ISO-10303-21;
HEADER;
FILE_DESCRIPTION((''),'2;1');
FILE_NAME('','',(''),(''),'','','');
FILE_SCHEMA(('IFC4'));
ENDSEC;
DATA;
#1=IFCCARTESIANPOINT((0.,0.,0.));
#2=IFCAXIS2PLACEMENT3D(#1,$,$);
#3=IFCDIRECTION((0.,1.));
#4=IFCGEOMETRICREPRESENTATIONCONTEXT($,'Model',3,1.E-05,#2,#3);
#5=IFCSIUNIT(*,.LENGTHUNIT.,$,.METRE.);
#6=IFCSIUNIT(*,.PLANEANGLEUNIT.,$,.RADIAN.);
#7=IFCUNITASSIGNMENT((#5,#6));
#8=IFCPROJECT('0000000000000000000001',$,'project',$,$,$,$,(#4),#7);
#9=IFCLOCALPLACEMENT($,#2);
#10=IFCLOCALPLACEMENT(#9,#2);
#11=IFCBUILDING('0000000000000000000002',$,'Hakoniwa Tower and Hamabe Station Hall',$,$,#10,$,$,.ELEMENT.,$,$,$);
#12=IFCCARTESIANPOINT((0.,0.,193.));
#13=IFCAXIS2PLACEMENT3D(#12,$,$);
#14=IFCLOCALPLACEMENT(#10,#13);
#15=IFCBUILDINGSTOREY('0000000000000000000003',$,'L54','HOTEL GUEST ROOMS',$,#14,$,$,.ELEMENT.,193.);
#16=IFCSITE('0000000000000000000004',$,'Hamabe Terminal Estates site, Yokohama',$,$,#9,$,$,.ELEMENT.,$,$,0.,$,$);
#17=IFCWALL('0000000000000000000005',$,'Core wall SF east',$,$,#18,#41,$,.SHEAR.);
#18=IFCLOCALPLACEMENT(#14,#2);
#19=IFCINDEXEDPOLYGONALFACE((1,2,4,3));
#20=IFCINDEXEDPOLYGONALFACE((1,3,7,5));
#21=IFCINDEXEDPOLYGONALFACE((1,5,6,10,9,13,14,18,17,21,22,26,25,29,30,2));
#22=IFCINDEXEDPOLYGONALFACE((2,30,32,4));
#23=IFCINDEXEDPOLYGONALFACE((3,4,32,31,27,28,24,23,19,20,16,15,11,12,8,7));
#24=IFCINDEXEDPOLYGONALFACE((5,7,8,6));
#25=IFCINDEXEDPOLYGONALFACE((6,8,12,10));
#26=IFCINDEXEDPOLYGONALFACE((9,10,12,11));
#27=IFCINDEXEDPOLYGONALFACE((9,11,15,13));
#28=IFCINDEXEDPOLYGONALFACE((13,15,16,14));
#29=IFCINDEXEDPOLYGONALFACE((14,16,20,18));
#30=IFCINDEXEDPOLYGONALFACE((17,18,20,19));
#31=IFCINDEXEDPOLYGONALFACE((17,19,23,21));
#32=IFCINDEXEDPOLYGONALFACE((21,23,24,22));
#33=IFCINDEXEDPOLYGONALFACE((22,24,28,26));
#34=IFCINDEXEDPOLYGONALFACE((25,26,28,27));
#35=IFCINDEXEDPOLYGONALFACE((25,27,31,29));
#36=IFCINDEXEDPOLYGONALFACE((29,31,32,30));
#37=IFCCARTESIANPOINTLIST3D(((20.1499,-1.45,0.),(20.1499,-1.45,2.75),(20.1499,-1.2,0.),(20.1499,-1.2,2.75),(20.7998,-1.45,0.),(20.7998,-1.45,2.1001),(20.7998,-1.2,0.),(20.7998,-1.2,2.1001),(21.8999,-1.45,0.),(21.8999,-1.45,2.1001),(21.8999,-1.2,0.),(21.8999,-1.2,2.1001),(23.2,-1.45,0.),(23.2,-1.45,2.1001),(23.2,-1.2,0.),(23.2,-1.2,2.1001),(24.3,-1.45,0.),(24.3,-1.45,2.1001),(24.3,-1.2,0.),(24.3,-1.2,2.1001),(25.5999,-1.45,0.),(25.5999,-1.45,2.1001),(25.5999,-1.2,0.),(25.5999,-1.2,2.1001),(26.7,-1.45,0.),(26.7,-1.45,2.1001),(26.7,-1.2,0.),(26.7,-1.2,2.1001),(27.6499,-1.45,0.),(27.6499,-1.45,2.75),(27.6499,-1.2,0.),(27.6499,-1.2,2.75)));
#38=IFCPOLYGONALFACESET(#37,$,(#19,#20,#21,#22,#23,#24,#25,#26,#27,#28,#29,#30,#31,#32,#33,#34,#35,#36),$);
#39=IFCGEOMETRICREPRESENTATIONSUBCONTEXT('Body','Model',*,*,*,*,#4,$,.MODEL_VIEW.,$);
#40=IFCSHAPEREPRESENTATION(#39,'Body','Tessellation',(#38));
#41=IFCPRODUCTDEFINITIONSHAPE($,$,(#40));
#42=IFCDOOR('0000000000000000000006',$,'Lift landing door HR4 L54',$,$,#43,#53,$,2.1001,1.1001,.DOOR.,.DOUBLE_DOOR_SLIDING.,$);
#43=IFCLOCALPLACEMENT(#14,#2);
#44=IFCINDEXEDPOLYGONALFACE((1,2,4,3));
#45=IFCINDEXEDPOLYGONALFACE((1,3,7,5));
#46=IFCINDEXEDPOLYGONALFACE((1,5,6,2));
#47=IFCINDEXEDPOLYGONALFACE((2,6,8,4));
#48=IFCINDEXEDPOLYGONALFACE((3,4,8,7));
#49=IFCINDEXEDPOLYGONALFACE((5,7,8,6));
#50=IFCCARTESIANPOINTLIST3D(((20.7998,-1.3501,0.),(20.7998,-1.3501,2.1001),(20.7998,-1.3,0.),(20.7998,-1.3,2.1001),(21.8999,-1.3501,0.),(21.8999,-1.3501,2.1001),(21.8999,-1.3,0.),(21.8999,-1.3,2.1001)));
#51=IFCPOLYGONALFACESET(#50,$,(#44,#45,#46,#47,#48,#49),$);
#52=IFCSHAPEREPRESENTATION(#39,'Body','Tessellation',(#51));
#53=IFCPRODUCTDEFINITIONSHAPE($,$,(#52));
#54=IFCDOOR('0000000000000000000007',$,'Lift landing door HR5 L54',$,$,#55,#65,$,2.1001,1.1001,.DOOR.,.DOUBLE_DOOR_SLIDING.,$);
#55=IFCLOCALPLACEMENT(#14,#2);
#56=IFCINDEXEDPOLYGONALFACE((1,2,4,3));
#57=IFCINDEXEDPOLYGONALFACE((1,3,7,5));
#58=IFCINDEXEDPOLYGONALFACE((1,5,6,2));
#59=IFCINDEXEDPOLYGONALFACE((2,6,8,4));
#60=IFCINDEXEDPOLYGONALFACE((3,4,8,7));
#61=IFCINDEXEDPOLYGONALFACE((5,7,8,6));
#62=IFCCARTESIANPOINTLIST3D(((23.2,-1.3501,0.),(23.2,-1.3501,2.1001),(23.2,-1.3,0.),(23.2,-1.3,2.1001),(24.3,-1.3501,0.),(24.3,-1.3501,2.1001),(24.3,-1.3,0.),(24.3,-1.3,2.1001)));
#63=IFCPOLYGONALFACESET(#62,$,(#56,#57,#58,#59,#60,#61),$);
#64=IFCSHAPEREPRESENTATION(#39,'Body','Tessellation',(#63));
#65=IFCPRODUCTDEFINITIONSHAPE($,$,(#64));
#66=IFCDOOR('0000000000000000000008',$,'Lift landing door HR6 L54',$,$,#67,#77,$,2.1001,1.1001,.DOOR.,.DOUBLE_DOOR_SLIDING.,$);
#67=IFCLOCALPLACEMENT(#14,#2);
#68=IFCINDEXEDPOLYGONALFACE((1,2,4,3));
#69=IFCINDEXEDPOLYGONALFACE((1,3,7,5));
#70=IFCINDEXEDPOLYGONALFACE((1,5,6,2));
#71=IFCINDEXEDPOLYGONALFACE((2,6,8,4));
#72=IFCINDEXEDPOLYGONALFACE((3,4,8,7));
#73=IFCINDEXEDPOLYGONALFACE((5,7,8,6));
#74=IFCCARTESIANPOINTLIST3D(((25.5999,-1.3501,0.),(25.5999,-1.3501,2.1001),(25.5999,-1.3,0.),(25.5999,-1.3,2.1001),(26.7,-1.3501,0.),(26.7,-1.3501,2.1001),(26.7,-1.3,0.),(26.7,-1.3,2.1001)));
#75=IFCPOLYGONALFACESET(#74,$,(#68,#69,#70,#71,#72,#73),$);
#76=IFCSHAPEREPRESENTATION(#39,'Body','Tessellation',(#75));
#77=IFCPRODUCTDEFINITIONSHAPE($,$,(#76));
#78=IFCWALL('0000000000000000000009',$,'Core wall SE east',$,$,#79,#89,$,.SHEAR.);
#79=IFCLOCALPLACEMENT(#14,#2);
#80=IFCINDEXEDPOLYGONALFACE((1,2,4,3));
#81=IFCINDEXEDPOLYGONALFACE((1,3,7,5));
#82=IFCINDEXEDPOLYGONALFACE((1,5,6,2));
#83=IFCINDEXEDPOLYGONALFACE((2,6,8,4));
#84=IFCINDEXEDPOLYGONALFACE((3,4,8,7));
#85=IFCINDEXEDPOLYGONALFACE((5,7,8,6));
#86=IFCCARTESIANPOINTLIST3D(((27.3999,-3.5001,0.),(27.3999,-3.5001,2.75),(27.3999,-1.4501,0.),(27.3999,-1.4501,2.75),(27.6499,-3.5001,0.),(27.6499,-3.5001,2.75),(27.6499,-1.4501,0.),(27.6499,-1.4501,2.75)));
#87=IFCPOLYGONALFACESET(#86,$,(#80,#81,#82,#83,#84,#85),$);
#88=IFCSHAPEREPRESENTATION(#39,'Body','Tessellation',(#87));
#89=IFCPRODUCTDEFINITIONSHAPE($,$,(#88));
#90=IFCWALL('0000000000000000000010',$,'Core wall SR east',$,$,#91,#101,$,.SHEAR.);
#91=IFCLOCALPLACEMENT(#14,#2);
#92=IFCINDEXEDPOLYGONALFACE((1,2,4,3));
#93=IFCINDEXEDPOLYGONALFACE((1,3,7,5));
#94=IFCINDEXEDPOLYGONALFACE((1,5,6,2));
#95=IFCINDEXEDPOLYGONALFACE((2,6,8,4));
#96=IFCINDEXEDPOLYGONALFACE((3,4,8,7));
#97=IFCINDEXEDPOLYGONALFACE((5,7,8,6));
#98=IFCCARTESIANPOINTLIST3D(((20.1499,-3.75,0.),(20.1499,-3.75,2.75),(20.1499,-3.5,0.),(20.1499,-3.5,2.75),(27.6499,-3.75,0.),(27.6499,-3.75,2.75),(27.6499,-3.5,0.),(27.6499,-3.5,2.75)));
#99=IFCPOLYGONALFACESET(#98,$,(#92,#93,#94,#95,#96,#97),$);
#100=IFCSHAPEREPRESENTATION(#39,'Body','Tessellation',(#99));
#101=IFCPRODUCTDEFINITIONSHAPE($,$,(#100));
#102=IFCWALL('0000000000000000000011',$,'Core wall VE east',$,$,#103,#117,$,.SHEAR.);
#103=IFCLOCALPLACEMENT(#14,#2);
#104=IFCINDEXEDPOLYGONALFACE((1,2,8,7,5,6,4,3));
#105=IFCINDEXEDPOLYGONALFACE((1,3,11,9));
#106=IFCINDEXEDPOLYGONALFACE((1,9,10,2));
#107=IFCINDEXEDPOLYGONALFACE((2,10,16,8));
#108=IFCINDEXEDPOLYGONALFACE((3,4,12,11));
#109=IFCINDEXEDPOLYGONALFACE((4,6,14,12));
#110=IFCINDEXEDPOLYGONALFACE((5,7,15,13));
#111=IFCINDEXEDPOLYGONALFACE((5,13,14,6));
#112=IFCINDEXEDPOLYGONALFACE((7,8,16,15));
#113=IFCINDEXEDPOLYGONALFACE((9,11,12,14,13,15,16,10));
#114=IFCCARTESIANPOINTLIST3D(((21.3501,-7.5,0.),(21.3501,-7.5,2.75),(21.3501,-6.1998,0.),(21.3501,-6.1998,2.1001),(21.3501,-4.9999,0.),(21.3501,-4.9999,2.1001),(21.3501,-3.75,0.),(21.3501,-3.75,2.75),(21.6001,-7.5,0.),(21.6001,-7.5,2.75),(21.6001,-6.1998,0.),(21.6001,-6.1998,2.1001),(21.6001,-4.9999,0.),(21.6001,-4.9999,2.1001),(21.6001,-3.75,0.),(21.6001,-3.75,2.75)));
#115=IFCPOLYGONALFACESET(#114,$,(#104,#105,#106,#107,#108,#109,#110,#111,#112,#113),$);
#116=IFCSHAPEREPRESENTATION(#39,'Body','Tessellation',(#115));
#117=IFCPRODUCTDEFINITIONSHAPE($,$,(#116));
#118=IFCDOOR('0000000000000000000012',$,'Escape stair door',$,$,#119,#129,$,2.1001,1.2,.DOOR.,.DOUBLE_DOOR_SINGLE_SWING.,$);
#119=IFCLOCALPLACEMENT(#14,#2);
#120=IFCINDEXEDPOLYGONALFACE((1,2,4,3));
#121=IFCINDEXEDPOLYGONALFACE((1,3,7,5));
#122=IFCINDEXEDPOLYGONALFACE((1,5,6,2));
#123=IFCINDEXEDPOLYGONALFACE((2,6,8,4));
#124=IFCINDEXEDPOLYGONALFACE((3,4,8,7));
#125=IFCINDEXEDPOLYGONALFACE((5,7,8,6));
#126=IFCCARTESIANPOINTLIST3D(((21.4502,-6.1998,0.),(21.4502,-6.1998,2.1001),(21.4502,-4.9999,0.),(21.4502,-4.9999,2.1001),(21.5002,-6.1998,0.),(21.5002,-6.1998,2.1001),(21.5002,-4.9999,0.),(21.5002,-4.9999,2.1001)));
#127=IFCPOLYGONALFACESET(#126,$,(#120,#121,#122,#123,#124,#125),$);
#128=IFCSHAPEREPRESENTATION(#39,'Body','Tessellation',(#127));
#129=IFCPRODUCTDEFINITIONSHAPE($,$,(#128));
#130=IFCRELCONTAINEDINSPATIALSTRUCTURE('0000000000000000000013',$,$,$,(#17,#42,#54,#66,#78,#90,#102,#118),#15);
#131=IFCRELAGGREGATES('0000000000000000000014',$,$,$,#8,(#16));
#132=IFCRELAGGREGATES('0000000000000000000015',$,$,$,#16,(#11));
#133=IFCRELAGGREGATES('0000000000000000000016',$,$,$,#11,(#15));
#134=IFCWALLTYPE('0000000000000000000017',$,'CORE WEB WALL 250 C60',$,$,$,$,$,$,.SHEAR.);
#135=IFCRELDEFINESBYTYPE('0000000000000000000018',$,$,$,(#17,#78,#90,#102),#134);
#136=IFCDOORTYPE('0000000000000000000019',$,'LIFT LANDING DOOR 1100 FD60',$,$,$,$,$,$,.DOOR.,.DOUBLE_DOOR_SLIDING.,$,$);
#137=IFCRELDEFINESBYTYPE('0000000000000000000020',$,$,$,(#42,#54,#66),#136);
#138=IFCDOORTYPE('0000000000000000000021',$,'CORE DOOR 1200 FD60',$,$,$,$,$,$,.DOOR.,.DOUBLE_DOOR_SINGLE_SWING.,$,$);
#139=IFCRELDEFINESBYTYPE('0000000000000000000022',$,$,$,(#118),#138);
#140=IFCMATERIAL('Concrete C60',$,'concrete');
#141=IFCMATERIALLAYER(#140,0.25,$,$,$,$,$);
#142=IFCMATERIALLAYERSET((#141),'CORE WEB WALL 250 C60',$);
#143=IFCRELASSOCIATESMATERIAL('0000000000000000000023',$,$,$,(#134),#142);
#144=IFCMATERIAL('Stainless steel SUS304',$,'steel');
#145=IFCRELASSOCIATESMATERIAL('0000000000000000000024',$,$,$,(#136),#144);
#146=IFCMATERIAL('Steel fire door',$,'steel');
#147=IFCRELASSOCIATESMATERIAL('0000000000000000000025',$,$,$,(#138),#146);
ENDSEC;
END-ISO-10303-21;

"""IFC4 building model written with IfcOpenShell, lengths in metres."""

from ifc_helpers import new_model, si_unit, direction, frame, frame_2d, origin, place, context, subcontext, project, spatial, rectangle, extrude, material, layer, layer_set, type_object, element, fill, save


model = new_model("IFC4")

# Units and contexts
model_context = context("Model", 3, precision=1e-05, world=origin(), true_north=direction((0.0, 1.0)))
body_context = subcontext(model_context, "Body", "Model", "MODEL_VIEW")
ifc_project = project(units=[si_unit("LENGTHUNIT", "METRE"), si_unit("PLANEANGLEUNIT", "RADIAN")], contexts=[model_context])

# Site, building, storey
site_placement = place(None, origin())
site = spatial("IfcSite", under=ifc_project, at=site_placement, Name="Hamabe Terminal Estates site, Yokohama", CompositionType="ELEMENT", RefElevation=0.0)
building_placement = place(site_placement, origin())
building = spatial("IfcBuilding", under=site, at=building_placement, Name="Hakoniwa Tower and Hamabe Station Hall", CompositionType="ELEMENT")
storey_placement = place(building_placement, frame((0.0, 0.0, 193.0)))
storey = spatial("IfcBuildingStorey", under=building, at=storey_placement, Name="L54", Description="HOTEL GUEST ROOMS", CompositionType="ELEMENT", Elevation=193.0)

# Shared definitions
ifc_material_1 = material(Name="Concrete C60", Category="concrete")
ifc_layer_1 = layer(ifc_material_1, 0.25)
ifc_layer_set_1 = layer_set([ifc_layer_1], Name="CORE WEB WALL 250 C60")
wall_type_1 = type_object("IfcWallType", Name="CORE WEB WALL 250 C60", PredefinedType="SHEAR", material=ifc_layer_set_1)

# Wall, openings, doors
wall_1_placement = place(storey_placement, frame((20.1499, -1.325, 0.0), z_axis=(0.0, 0.0, 1.0), x_axis=(1.0, 0.0, 0.0)))
wall_1 = element("IfcWall", 1, at=wall_1_placement, inside=storey, type_object=wall_type_1, Name="Core wall SF east", PredefinedType="SHEAR", context=body_context, shape_type="SweptSolid", body=[
    extrude(rectangle(XDim=7.5, YDim=0.25, at=frame_2d((3.75, 0.0))), origin(), (0.0, 0.0, 1.0), 2.75),
])
opening_1_placement = place(wall_1_placement, frame((0.6499, 0.0, 0.0)))
opening_1 = element("IfcOpeningElement", 2, at=opening_1_placement, cuts=wall_1, PredefinedType="OPENING", context=body_context, shape_type="SweptSolid", body=[
    extrude(rectangle(XDim=1.1001, YDim=2.1001, at=frame_2d((0.55, 1.05))), frame((0.0, 0.135, 0.0), z_axis=(0.0, -1.0, 0.0), x_axis=(1.0, 0.0, 0.0)), (0.0, 0.0, 1.0), 0.27),
])
opening_2_placement = place(wall_1_placement, frame((3.05, 0.0, 0.0)))
opening_2 = element("IfcOpeningElement", 3, at=opening_2_placement, cuts=wall_1, PredefinedType="OPENING", context=body_context, shape_type="SweptSolid", body=[
    extrude(rectangle(XDim=1.1001, YDim=2.1001, at=frame_2d((0.55, 1.05))), frame((0.0, 0.135, 0.0), z_axis=(0.0, -1.0, 0.0), x_axis=(1.0, 0.0, 0.0)), (0.0, 0.0, 1.0), 0.27),
])
opening_3_placement = place(wall_1_placement, frame((5.45, 0.0, 0.0)))
opening_3 = element("IfcOpeningElement", 4, at=opening_3_placement, cuts=wall_1, PredefinedType="OPENING", context=body_context, shape_type="SweptSolid", body=[
    extrude(rectangle(XDim=1.1001, YDim=2.1001, at=frame_2d((0.55, 1.05))), frame((0.0, 0.135, 0.0), z_axis=(0.0, -1.0, 0.0), x_axis=(1.0, 0.0, 0.0)), (0.0, 0.0, 1.0), 0.27),
])
ifc_material_2 = material(Name="Stainless steel SUS304", Category="steel")
door_type_1 = type_object("IfcDoorType", Name="LIFT LANDING DOOR 1100 FD60", OperationType="DOUBLE_DOOR_SLIDING", PredefinedType="DOOR", material=ifc_material_2)
door_1_placement = place(opening_1_placement, origin())
door_1 = element("IfcDoor", 5, at=door_1_placement, inside=storey, type_object=door_type_1, Name="Lift landing door HR4 L54", OperationType="DOUBLE_DOOR_SLIDING", OverallHeight=2.1001, OverallWidth=1.1001, PredefinedType="DOOR", context=body_context, shape_type="SweptSolid", body=[
    extrude(rectangle(XDim=1.1001, YDim=2.1001, at=frame_2d((0.55, 1.05))), frame((0.0, 0.0249, 0.0), z_axis=(0.0, -1.0, 0.0), x_axis=(1.0, 0.0, 0.0)), (0.0, 0.0, 1.0), 0.05),
])
fill(opening_1, door_1)
door_2_placement = place(opening_2_placement, origin())
door_2 = element("IfcDoor", 6, at=door_2_placement, inside=storey, type_object=door_type_1, Name="Lift landing door HR5 L54", OperationType="DOUBLE_DOOR_SLIDING", OverallHeight=2.1001, OverallWidth=1.1001, PredefinedType="DOOR", context=body_context, shape_type="SweptSolid", body=[
    extrude(rectangle(XDim=1.1001, YDim=2.1001, at=frame_2d((0.55, 1.05))), frame((0.0, 0.0249, 0.0), z_axis=(0.0, -1.0, 0.0), x_axis=(1.0, 0.0, 0.0)), (0.0, 0.0, 1.0), 0.05),
])
fill(opening_2, door_2)
door_3_placement = place(opening_3_placement, origin())
door_3 = element("IfcDoor", 7, at=door_3_placement, inside=storey, type_object=door_type_1, Name="Lift landing door HR6 L54", OperationType="DOUBLE_DOOR_SLIDING", OverallHeight=2.1001, OverallWidth=1.1001, PredefinedType="DOOR", context=body_context, shape_type="SweptSolid", body=[
    extrude(rectangle(XDim=1.1001, YDim=2.1001, at=frame_2d((0.55, 1.05))), frame((0.0, 0.0249, 0.0), z_axis=(0.0, -1.0, 0.0), x_axis=(1.0, 0.0, 0.0)), (0.0, 0.0, 1.0), 0.05),
])
fill(opening_3, door_3)

# Walls
wall_2_placement = place(storey_placement, frame((27.5249, -3.5, 0.0), z_axis=(0.0, 0.0, 1.0), x_axis=(0.0, 1.0, 0.0)))
element("IfcWall", 8, at=wall_2_placement, inside=storey, type_object=wall_type_1, Name="Core wall SE east", PredefinedType="SHEAR", context=body_context, shape_type="SweptSolid", body=[
    extrude(rectangle(XDim=2.05, YDim=0.25, at=frame_2d((1.0249, 0.0))), origin(), (0.0, 0.0, 1.0), 2.75),
])
wall_3_placement = place(storey_placement, frame((20.1499, -3.625, 0.0), z_axis=(0.0, 0.0, 1.0), x_axis=(1.0, 0.0, 0.0)))
element("IfcWall", 9, at=wall_3_placement, inside=storey, type_object=wall_type_1, Name="Core wall SR east", PredefinedType="SHEAR", context=body_context, shape_type="SweptSolid", body=[
    extrude(rectangle(XDim=7.5, YDim=0.25, at=frame_2d((3.75, 0.0))), origin(), (0.0, 0.0, 1.0), 2.75),
])

# Wall, opening, door
wall_4_placement = place(storey_placement, frame((21.4751, -7.5, 0.0), z_axis=(0.0, 0.0, 1.0), x_axis=(0.0, 1.0, 0.0)))
wall_4 = element("IfcWall", 10, at=wall_4_placement, inside=storey, type_object=wall_type_1, Name="Core wall VE east", PredefinedType="SHEAR", context=body_context, shape_type="SweptSolid", body=[
    extrude(rectangle(XDim=3.75, YDim=0.25, at=frame_2d((1.875, 0.0))), origin(), (0.0, 0.0, 1.0), 2.75),
])
opening_4_placement = place(wall_4_placement, frame((1.3, 0.0, 0.0)))
opening_4 = element("IfcOpeningElement", 11, at=opening_4_placement, cuts=wall_4, PredefinedType="OPENING", context=body_context, shape_type="SweptSolid", body=[
    extrude(rectangle(XDim=1.2, YDim=2.1001, at=frame_2d((0.6001, 1.05))), frame((0.0, 0.135, 0.0), z_axis=(0.0, -1.0, 0.0), x_axis=(1.0, 0.0, 0.0)), (0.0, 0.0, 1.0), 0.27),
])
ifc_material_3 = material(Name="Steel fire door", Category="steel")
door_type_2 = type_object("IfcDoorType", Name="CORE DOOR 1200 FD60", OperationType="DOUBLE_DOOR_SINGLE_SWING", PredefinedType="DOOR", material=ifc_material_3)
door_4_placement = place(opening_4_placement, origin())
door_4 = element("IfcDoor", 12, at=door_4_placement, inside=storey, type_object=door_type_2, Name="Escape stair door", OperationType="DOUBLE_DOOR_SINGLE_SWING", OverallHeight=2.1001, OverallWidth=1.2, PredefinedType="DOOR", context=body_context, shape_type="SweptSolid", body=[
    extrude(rectangle(XDim=1.2, YDim=2.1001, at=frame_2d((0.6001, 1.05))), frame((0.0, 0.0249, 0.0), z_axis=(0.0, -1.0, 0.0), x_axis=(1.0, 0.0, 0.0)), (0.0, 0.0, 1.0), 0.05),
])
fill(opening_4, door_4)

save(model, "model.ifc")
